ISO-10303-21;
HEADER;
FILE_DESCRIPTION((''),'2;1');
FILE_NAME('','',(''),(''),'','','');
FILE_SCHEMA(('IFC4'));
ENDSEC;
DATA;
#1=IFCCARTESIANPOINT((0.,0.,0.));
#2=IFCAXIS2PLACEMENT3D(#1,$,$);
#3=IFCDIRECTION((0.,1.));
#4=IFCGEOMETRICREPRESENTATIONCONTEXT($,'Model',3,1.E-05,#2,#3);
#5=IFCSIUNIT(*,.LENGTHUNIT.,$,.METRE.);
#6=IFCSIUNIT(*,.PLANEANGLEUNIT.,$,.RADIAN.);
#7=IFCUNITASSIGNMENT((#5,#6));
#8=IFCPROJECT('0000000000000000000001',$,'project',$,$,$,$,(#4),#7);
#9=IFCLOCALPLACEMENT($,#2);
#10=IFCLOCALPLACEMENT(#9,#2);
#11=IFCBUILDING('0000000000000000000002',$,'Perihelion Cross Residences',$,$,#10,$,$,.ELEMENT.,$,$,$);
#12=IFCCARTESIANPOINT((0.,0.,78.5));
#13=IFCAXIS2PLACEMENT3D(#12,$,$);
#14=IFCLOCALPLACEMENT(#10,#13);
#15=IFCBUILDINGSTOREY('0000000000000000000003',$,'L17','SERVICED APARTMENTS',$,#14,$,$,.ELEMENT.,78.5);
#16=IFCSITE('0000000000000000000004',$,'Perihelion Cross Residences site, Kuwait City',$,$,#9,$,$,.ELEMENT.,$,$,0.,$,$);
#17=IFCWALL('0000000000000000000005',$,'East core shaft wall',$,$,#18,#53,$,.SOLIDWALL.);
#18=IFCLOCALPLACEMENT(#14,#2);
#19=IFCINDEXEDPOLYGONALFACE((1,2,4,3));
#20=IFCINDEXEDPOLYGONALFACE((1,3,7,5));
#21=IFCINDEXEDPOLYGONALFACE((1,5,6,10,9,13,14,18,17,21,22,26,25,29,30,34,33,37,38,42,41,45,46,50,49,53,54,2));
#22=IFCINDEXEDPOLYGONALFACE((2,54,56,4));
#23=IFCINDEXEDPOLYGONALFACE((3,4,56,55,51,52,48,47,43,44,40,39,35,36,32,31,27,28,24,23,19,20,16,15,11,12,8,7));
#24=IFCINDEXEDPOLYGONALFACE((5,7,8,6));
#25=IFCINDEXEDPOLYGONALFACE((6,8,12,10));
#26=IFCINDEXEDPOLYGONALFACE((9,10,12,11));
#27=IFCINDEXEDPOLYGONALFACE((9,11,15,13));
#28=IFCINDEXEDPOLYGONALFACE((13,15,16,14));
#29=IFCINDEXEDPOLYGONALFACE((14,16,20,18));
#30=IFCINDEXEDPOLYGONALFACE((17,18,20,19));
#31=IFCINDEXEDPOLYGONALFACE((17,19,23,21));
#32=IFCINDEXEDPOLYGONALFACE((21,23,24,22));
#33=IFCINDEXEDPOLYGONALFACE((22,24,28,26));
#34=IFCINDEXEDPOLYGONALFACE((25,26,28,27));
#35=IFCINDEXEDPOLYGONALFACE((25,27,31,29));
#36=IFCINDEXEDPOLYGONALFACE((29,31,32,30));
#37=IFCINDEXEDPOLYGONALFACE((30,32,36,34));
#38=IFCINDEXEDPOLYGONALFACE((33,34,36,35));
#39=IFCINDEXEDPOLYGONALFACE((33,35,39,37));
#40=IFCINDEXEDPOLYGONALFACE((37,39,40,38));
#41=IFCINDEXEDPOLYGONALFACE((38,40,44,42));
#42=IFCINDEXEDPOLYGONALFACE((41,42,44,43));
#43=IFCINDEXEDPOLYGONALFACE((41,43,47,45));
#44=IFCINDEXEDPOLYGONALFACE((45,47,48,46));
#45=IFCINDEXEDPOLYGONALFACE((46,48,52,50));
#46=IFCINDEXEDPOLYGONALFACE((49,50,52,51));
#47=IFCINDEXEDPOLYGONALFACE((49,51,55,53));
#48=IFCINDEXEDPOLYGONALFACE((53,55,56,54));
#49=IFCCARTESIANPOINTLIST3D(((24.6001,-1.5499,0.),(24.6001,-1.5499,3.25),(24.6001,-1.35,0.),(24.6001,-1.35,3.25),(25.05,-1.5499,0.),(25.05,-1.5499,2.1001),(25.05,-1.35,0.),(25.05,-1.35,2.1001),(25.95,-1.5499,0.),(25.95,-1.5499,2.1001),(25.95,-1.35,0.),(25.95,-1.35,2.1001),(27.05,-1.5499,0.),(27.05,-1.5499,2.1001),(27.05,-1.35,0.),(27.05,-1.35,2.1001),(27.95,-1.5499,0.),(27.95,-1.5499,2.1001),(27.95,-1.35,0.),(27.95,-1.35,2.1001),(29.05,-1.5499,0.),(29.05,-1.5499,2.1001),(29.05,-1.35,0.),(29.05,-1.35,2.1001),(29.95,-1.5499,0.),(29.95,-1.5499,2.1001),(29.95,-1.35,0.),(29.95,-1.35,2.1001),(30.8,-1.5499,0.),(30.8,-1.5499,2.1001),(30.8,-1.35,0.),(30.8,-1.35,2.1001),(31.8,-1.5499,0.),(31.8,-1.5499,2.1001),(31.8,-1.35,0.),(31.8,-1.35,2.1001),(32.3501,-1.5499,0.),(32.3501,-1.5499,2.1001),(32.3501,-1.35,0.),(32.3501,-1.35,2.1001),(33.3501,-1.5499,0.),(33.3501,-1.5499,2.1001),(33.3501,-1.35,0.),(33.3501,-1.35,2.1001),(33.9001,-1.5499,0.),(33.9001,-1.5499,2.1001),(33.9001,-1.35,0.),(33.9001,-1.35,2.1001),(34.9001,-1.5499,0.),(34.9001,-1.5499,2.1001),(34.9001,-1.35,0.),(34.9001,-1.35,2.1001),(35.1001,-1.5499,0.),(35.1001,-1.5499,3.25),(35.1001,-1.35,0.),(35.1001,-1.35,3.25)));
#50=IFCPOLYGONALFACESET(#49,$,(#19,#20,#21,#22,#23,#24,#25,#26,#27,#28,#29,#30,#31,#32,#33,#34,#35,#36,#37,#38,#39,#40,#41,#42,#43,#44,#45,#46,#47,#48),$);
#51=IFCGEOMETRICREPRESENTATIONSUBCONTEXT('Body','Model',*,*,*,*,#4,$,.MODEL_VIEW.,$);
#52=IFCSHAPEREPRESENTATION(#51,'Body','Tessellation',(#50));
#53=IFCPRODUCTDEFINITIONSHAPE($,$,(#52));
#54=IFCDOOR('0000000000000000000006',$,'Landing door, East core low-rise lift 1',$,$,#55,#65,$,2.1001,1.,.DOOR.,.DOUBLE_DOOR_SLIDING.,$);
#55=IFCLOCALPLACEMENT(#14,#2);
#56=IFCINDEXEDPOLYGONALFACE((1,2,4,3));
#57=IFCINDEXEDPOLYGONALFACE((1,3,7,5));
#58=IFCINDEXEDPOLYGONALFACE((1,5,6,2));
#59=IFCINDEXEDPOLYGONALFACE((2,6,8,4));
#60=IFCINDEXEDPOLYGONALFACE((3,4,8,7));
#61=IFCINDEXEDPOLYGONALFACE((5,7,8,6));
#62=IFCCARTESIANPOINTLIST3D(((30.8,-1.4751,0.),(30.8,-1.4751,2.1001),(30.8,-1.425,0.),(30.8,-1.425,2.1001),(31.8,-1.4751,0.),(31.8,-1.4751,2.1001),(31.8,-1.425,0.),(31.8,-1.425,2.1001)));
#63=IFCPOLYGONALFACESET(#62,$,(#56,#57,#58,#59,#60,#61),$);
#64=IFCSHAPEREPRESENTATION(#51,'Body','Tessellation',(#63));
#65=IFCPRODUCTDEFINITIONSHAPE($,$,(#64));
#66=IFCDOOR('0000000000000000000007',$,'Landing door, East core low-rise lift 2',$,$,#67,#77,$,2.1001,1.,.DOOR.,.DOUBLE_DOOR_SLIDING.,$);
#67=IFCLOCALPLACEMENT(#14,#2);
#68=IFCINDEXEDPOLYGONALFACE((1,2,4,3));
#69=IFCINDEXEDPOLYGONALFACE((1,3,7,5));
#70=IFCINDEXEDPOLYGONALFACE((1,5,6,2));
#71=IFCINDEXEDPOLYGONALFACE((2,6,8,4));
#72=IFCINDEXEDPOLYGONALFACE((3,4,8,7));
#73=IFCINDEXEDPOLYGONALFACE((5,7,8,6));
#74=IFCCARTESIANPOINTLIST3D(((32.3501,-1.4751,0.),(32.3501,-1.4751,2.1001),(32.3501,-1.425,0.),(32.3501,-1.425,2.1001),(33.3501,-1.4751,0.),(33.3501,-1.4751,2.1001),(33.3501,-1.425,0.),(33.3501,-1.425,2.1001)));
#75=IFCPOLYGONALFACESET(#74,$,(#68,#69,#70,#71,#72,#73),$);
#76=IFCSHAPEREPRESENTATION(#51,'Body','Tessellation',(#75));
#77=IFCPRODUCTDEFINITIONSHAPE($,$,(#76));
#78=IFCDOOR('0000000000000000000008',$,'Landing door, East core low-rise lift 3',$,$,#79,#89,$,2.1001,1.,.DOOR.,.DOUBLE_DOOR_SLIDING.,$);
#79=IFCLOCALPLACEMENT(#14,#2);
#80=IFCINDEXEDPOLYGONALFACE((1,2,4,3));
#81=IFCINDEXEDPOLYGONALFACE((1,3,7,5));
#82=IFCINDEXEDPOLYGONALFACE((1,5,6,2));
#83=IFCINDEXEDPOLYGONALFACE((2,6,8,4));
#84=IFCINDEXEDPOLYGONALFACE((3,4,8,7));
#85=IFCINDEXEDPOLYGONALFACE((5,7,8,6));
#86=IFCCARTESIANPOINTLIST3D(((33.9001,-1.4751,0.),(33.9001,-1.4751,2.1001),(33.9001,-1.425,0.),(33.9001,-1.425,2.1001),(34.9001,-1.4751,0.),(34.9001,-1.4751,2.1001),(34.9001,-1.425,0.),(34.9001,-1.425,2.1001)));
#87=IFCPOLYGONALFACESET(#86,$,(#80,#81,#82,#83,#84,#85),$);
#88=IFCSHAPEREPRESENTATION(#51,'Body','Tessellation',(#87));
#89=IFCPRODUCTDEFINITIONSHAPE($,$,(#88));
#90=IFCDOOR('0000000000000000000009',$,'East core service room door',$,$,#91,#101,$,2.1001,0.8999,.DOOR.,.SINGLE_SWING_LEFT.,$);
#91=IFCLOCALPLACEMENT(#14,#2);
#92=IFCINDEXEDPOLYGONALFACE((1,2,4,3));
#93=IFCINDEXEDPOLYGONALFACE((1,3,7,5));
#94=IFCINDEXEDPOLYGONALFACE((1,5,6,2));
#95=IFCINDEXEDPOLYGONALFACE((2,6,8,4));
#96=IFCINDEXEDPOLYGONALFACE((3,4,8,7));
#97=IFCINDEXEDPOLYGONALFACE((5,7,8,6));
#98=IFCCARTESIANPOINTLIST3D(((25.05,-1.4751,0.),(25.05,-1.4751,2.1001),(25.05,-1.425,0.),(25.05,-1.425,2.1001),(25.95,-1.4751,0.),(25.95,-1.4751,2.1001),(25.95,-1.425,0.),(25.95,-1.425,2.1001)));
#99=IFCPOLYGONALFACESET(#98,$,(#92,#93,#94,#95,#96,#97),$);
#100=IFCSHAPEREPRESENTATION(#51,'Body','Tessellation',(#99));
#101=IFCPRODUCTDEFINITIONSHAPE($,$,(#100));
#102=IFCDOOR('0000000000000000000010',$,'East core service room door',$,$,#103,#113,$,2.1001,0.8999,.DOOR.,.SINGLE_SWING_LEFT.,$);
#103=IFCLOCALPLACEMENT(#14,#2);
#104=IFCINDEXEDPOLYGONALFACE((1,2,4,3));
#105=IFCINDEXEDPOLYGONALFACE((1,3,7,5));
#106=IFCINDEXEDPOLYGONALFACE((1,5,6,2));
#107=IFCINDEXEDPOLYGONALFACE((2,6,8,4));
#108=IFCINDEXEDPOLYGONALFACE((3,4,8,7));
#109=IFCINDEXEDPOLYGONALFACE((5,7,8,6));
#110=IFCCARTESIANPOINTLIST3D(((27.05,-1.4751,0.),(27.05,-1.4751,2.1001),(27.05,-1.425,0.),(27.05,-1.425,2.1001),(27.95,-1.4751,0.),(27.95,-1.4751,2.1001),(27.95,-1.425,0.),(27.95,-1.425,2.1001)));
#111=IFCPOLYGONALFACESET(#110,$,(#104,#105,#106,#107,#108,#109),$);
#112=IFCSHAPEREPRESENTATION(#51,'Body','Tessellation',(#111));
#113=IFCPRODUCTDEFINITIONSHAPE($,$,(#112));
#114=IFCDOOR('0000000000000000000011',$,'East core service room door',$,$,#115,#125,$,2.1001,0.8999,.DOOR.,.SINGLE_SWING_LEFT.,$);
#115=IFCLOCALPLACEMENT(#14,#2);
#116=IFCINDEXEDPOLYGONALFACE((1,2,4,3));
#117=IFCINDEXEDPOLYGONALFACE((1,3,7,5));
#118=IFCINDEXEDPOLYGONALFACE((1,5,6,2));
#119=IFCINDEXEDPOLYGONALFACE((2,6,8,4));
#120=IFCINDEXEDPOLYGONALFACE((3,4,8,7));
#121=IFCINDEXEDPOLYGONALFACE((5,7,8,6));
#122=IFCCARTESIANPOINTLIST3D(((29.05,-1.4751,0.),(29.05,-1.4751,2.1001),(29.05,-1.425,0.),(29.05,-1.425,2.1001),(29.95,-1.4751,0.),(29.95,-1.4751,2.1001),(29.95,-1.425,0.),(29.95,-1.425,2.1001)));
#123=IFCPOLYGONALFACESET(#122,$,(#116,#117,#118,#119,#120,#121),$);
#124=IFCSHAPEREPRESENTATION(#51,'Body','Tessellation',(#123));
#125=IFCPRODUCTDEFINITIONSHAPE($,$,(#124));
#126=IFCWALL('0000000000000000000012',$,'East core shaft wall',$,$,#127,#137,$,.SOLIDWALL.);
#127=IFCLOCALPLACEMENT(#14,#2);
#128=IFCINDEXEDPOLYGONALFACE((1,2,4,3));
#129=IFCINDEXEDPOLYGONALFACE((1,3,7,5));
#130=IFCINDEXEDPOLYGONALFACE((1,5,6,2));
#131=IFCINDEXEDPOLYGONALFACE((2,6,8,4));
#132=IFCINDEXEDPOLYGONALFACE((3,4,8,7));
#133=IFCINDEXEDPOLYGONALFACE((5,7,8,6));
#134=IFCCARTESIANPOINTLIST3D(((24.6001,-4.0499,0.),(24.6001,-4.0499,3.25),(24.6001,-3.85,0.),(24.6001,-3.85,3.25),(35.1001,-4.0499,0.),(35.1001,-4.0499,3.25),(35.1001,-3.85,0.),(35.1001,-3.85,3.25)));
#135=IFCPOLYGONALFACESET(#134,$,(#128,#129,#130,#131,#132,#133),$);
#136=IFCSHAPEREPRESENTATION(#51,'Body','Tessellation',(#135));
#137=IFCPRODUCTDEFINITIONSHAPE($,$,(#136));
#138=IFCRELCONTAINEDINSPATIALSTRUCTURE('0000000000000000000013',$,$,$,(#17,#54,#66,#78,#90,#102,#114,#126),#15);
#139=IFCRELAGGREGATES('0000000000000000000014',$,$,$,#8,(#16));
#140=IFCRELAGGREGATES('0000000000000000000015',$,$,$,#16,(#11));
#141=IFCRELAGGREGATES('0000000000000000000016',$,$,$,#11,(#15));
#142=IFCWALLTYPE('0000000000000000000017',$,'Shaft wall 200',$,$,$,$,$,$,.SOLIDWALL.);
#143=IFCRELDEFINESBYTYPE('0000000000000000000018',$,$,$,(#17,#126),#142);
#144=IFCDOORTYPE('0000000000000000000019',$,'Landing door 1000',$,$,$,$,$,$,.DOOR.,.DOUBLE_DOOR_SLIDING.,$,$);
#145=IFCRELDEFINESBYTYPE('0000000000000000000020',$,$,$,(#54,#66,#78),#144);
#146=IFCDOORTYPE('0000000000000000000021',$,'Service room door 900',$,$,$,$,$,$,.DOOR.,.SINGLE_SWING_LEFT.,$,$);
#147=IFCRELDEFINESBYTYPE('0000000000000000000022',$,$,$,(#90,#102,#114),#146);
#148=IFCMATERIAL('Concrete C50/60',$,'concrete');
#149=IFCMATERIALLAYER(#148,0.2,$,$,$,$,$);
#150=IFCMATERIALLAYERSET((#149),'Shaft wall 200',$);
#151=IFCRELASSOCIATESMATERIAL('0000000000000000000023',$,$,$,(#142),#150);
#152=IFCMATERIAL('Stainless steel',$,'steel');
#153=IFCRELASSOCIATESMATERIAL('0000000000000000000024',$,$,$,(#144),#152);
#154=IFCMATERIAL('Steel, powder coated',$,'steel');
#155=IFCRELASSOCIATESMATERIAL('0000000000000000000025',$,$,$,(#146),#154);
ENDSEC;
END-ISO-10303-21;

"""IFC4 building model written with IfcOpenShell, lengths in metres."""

from ifc_helpers import new_model, si_unit, direction, frame, frame_2d, origin, place, context, subcontext, project, spatial, rectangle, extrude, material, layer, layer_set, type_object, element, fill, save


model = new_model("IFC4")

# Units and contexts
model_context = context("Model", 3, precision=1e-05, world=origin(), true_north=direction((0.0, 1.0)))
body_context = subcontext(model_context, "Body", "Model", "MODEL_VIEW")
ifc_project = project(units=[si_unit("LENGTHUNIT", "METRE"), si_unit("PLANEANGLEUNIT", "RADIAN")], contexts=[model_context])

# Site, building, storey
site_placement = place(None, origin())
site = spatial("IfcSite", under=ifc_project, at=site_placement, Name="Perihelion Cross Residences site, Kuwait City", CompositionType="ELEMENT", RefElevation=0.0)
building_placement = place(site_placement, origin())
building = spatial("IfcBuilding", under=site, at=building_placement, Name="Perihelion Cross Residences", CompositionType="ELEMENT")
storey_placement = place(building_placement, frame((0.0, 0.0, 78.5)))
storey = spatial("IfcBuildingStorey", under=building, at=storey_placement, Name="L17", Description="SERVICED APARTMENTS", CompositionType="ELEMENT", Elevation=78.5)

# Wall, openings, doors
ifc_material_1 = material(Name="Concrete C50/60", Category="concrete")
ifc_layer_1 = layer(ifc_material_1, 0.2)
ifc_layer_set_1 = layer_set([ifc_layer_1], Name="Shaft wall 200")
wall_type_1 = type_object("IfcWallType", Name="Shaft wall 200", PredefinedType="SOLIDWALL", material=ifc_layer_set_1)
wall_1_placement = place(storey_placement, frame((24.6001, -1.45, 0.0), z_axis=(0.0, 0.0, 1.0), x_axis=(1.0, 0.0, 0.0)))
wall_1 = element("IfcWall", 1, at=wall_1_placement, inside=storey, type_object=wall_type_1, Name="East core shaft wall", PredefinedType="SOLIDWALL", context=body_context, shape_type="SweptSolid", body=[
    extrude(rectangle(XDim=10.5, YDim=0.2, at=frame_2d((5.25, 0.0))), origin(), (0.0, 0.0, 1.0), 3.25),
])
opening_1_placement = place(wall_1_placement, frame((6.2, 0.0, 0.0)))
opening_1 = element("IfcOpeningElement", 2, at=opening_1_placement, cuts=wall_1, PredefinedType="OPENING", context=body_context, shape_type="SweptSolid", body=[
    extrude(rectangle(XDim=1.0, YDim=2.1001, at=frame_2d((0.5, 1.05))), frame((0.0, 0.1099, 0.0), z_axis=(0.0, -1.0, 0.0), x_axis=(1.0, 0.0, 0.0)), (0.0, 0.0, 1.0), 0.22),
])
opening_2_placement = place(wall_1_placement, frame((7.75, 0.0, 0.0)))
opening_2 = element("IfcOpeningElement", 3, at=opening_2_placement, cuts=wall_1, PredefinedType="OPENING", context=body_context, shape_type="SweptSolid", body=[
    extrude(rectangle(XDim=1.0, YDim=2.1001, at=frame_2d((0.5, 1.05))), frame((0.0, 0.1099, 0.0), z_axis=(0.0, -1.0, 0.0), x_axis=(1.0, 0.0, 0.0)), (0.0, 0.0, 1.0), 0.22),
])
opening_3_placement = place(wall_1_placement, frame((9.3, 0.0, 0.0)))
opening_3 = element("IfcOpeningElement", 4, at=opening_3_placement, cuts=wall_1, PredefinedType="OPENING", context=body_context, shape_type="SweptSolid", body=[
    extrude(rectangle(XDim=1.0, YDim=2.1001, at=frame_2d((0.5, 1.05))), frame((0.0, 0.1099, 0.0), z_axis=(0.0, -1.0, 0.0), x_axis=(1.0, 0.0, 0.0)), (0.0, 0.0, 1.0), 0.22),
])
opening_4_placement = place(wall_1_placement, frame((0.45, 0.0, 0.0)))
opening_4 = element("IfcOpeningElement", 5, at=opening_4_placement, cuts=wall_1, PredefinedType="OPENING", context=body_context, shape_type="SweptSolid", body=[
    extrude(rectangle(XDim=0.8999, YDim=2.1001, at=frame_2d((0.45, 1.05))), frame((0.0, 0.1099, 0.0), z_axis=(0.0, -1.0, 0.0), x_axis=(1.0, 0.0, 0.0)), (0.0, 0.0, 1.0), 0.22),
])
opening_5_placement = place(wall_1_placement, frame((2.45, 0.0, 0.0)))
opening_5 = element("IfcOpeningElement", 6, at=opening_5_placement, cuts=wall_1, PredefinedType="OPENING", context=body_context, shape_type="SweptSolid", body=[
    extrude(rectangle(XDim=0.8999, YDim=2.1001, at=frame_2d((0.45, 1.05))), frame((0.0, 0.1099, 0.0), z_axis=(0.0, -1.0, 0.0), x_axis=(1.0, 0.0, 0.0)), (0.0, 0.0, 1.0), 0.22),
])
opening_6_placement = place(wall_1_placement, frame((4.45, 0.0, 0.0)))
opening_6 = element("IfcOpeningElement", 7, at=opening_6_placement, cuts=wall_1, PredefinedType="OPENING", context=body_context, shape_type="SweptSolid", body=[
    extrude(rectangle(XDim=0.8999, YDim=2.1001, at=frame_2d((0.45, 1.05))), frame((0.0, 0.1099, 0.0), z_axis=(0.0, -1.0, 0.0), x_axis=(1.0, 0.0, 0.0)), (0.0, 0.0, 1.0), 0.22),
])
ifc_material_2 = material(Name="Stainless steel", Category="steel")
door_type_1 = type_object("IfcDoorType", Name="Landing door 1000", OperationType="DOUBLE_DOOR_SLIDING", PredefinedType="DOOR", material=ifc_material_2)
door_1_placement = place(opening_1_placement, origin())
door_1 = element("IfcDoor", 8, at=door_1_placement, inside=storey, type_object=door_type_1, Name="Landing door, East core low-rise lift 1", OperationType="DOUBLE_DOOR_SLIDING", OverallHeight=2.1001, OverallWidth=1.0, PredefinedType="DOOR", context=body_context, shape_type="SweptSolid", body=[
    extrude(rectangle(XDim=1.0, YDim=2.1001, at=frame_2d((0.5, 1.05))), frame((0.0, 0.0249, 0.0), z_axis=(0.0, -1.0, 0.0), x_axis=(1.0, 0.0, 0.0)), (0.0, 0.0, 1.0), 0.05),
])
fill(opening_1, door_1)
door_2_placement = place(opening_2_placement, origin())
door_2 = element("IfcDoor", 9, at=door_2_placement, inside=storey, type_object=door_type_1, Name="Landing door, East core low-rise lift 2", OperationType="DOUBLE_DOOR_SLIDING", OverallHeight=2.1001, OverallWidth=1.0, PredefinedType="DOOR", context=body_context, shape_type="SweptSolid", body=[
    extrude(rectangle(XDim=1.0, YDim=2.1001, at=frame_2d((0.5, 1.05))), frame((0.0, 0.0249, 0.0), z_axis=(0.0, -1.0, 0.0), x_axis=(1.0, 0.0, 0.0)), (0.0, 0.0, 1.0), 0.05),
])
fill(opening_2, door_2)
door_3_placement = place(opening_3_placement, origin())
door_3 = element("IfcDoor", 10, at=door_3_placement, inside=storey, type_object=door_type_1, Name="Landing door, East core low-rise lift 3", OperationType="DOUBLE_DOOR_SLIDING", OverallHeight=2.1001, OverallWidth=1.0, PredefinedType="DOOR", context=body_context, shape_type="SweptSolid", body=[
    extrude(rectangle(XDim=1.0, YDim=2.1001, at=frame_2d((0.5, 1.05))), frame((0.0, 0.0249, 0.0), z_axis=(0.0, -1.0, 0.0), x_axis=(1.0, 0.0, 0.0)), (0.0, 0.0, 1.0), 0.05),
])
fill(opening_3, door_3)
ifc_material_3 = material(Name="Steel, powder coated", Category="steel")
door_type_2 = type_object("IfcDoorType", Name="Service room door 900", OperationType="SINGLE_SWING_LEFT", PredefinedType="DOOR", material=ifc_material_3)
door_4_placement = place(opening_4_placement, origin())
door_4 = element("IfcDoor", 11, at=door_4_placement, inside=storey, type_object=door_type_2, Name="East core service room door", OperationType="SINGLE_SWING_LEFT", OverallHeight=2.1001, OverallWidth=0.8999, PredefinedType="DOOR", context=body_context, shape_type="SweptSolid", body=[
    extrude(rectangle(XDim=0.8999, YDim=2.1001, at=frame_2d((0.45, 1.05))), frame((0.0, 0.0249, 0.0), z_axis=(0.0, -1.0, 0.0), x_axis=(1.0, 0.0, 0.0)), (0.0, 0.0, 1.0), 0.05),
])
fill(opening_4, door_4)
door_5_placement = place(opening_5_placement, origin())
door_5 = element("IfcDoor", 12, at=door_5_placement, inside=storey, type_object=door_type_2, Name="East core service room door", OperationType="SINGLE_SWING_LEFT", OverallHeight=2.1001, OverallWidth=0.8999, PredefinedType="DOOR", context=body_context, shape_type="SweptSolid", body=[
    extrude(rectangle(XDim=0.8999, YDim=2.1001, at=frame_2d((0.45, 1.05))), frame((0.0, 0.0249, 0.0), z_axis=(0.0, -1.0, 0.0), x_axis=(1.0, 0.0, 0.0)), (0.0, 0.0, 1.0), 0.05),
])
fill(opening_5, door_5)
door_6_placement = place(opening_6_placement, origin())
door_6 = element("IfcDoor", 13, at=door_6_placement, inside=storey, type_object=door_type_2, Name="East core service room door", OperationType="SINGLE_SWING_LEFT", OverallHeight=2.1001, OverallWidth=0.8999, PredefinedType="DOOR", context=body_context, shape_type="SweptSolid", body=[
    extrude(rectangle(XDim=0.8999, YDim=2.1001, at=frame_2d((0.45, 1.05))), frame((0.0, 0.0249, 0.0), z_axis=(0.0, -1.0, 0.0), x_axis=(1.0, 0.0, 0.0)), (0.0, 0.0, 1.0), 0.05),
])
fill(opening_6, door_6)

# Wall
wall_2_placement = place(storey_placement, frame((24.6001, -3.95, 0.0), z_axis=(0.0, 0.0, 1.0), x_axis=(1.0, 0.0, 0.0)))
element("IfcWall", 14, at=wall_2_placement, inside=storey, type_object=wall_type_1, Name="East core shaft wall", PredefinedType="SOLIDWALL", context=body_context, shape_type="SweptSolid", body=[
    extrude(rectangle(XDim=10.5, YDim=0.2, at=frame_2d((5.25, 0.0))), origin(), (0.0, 0.0, 1.0), 3.25),
])

save(model, "model.ifc")
